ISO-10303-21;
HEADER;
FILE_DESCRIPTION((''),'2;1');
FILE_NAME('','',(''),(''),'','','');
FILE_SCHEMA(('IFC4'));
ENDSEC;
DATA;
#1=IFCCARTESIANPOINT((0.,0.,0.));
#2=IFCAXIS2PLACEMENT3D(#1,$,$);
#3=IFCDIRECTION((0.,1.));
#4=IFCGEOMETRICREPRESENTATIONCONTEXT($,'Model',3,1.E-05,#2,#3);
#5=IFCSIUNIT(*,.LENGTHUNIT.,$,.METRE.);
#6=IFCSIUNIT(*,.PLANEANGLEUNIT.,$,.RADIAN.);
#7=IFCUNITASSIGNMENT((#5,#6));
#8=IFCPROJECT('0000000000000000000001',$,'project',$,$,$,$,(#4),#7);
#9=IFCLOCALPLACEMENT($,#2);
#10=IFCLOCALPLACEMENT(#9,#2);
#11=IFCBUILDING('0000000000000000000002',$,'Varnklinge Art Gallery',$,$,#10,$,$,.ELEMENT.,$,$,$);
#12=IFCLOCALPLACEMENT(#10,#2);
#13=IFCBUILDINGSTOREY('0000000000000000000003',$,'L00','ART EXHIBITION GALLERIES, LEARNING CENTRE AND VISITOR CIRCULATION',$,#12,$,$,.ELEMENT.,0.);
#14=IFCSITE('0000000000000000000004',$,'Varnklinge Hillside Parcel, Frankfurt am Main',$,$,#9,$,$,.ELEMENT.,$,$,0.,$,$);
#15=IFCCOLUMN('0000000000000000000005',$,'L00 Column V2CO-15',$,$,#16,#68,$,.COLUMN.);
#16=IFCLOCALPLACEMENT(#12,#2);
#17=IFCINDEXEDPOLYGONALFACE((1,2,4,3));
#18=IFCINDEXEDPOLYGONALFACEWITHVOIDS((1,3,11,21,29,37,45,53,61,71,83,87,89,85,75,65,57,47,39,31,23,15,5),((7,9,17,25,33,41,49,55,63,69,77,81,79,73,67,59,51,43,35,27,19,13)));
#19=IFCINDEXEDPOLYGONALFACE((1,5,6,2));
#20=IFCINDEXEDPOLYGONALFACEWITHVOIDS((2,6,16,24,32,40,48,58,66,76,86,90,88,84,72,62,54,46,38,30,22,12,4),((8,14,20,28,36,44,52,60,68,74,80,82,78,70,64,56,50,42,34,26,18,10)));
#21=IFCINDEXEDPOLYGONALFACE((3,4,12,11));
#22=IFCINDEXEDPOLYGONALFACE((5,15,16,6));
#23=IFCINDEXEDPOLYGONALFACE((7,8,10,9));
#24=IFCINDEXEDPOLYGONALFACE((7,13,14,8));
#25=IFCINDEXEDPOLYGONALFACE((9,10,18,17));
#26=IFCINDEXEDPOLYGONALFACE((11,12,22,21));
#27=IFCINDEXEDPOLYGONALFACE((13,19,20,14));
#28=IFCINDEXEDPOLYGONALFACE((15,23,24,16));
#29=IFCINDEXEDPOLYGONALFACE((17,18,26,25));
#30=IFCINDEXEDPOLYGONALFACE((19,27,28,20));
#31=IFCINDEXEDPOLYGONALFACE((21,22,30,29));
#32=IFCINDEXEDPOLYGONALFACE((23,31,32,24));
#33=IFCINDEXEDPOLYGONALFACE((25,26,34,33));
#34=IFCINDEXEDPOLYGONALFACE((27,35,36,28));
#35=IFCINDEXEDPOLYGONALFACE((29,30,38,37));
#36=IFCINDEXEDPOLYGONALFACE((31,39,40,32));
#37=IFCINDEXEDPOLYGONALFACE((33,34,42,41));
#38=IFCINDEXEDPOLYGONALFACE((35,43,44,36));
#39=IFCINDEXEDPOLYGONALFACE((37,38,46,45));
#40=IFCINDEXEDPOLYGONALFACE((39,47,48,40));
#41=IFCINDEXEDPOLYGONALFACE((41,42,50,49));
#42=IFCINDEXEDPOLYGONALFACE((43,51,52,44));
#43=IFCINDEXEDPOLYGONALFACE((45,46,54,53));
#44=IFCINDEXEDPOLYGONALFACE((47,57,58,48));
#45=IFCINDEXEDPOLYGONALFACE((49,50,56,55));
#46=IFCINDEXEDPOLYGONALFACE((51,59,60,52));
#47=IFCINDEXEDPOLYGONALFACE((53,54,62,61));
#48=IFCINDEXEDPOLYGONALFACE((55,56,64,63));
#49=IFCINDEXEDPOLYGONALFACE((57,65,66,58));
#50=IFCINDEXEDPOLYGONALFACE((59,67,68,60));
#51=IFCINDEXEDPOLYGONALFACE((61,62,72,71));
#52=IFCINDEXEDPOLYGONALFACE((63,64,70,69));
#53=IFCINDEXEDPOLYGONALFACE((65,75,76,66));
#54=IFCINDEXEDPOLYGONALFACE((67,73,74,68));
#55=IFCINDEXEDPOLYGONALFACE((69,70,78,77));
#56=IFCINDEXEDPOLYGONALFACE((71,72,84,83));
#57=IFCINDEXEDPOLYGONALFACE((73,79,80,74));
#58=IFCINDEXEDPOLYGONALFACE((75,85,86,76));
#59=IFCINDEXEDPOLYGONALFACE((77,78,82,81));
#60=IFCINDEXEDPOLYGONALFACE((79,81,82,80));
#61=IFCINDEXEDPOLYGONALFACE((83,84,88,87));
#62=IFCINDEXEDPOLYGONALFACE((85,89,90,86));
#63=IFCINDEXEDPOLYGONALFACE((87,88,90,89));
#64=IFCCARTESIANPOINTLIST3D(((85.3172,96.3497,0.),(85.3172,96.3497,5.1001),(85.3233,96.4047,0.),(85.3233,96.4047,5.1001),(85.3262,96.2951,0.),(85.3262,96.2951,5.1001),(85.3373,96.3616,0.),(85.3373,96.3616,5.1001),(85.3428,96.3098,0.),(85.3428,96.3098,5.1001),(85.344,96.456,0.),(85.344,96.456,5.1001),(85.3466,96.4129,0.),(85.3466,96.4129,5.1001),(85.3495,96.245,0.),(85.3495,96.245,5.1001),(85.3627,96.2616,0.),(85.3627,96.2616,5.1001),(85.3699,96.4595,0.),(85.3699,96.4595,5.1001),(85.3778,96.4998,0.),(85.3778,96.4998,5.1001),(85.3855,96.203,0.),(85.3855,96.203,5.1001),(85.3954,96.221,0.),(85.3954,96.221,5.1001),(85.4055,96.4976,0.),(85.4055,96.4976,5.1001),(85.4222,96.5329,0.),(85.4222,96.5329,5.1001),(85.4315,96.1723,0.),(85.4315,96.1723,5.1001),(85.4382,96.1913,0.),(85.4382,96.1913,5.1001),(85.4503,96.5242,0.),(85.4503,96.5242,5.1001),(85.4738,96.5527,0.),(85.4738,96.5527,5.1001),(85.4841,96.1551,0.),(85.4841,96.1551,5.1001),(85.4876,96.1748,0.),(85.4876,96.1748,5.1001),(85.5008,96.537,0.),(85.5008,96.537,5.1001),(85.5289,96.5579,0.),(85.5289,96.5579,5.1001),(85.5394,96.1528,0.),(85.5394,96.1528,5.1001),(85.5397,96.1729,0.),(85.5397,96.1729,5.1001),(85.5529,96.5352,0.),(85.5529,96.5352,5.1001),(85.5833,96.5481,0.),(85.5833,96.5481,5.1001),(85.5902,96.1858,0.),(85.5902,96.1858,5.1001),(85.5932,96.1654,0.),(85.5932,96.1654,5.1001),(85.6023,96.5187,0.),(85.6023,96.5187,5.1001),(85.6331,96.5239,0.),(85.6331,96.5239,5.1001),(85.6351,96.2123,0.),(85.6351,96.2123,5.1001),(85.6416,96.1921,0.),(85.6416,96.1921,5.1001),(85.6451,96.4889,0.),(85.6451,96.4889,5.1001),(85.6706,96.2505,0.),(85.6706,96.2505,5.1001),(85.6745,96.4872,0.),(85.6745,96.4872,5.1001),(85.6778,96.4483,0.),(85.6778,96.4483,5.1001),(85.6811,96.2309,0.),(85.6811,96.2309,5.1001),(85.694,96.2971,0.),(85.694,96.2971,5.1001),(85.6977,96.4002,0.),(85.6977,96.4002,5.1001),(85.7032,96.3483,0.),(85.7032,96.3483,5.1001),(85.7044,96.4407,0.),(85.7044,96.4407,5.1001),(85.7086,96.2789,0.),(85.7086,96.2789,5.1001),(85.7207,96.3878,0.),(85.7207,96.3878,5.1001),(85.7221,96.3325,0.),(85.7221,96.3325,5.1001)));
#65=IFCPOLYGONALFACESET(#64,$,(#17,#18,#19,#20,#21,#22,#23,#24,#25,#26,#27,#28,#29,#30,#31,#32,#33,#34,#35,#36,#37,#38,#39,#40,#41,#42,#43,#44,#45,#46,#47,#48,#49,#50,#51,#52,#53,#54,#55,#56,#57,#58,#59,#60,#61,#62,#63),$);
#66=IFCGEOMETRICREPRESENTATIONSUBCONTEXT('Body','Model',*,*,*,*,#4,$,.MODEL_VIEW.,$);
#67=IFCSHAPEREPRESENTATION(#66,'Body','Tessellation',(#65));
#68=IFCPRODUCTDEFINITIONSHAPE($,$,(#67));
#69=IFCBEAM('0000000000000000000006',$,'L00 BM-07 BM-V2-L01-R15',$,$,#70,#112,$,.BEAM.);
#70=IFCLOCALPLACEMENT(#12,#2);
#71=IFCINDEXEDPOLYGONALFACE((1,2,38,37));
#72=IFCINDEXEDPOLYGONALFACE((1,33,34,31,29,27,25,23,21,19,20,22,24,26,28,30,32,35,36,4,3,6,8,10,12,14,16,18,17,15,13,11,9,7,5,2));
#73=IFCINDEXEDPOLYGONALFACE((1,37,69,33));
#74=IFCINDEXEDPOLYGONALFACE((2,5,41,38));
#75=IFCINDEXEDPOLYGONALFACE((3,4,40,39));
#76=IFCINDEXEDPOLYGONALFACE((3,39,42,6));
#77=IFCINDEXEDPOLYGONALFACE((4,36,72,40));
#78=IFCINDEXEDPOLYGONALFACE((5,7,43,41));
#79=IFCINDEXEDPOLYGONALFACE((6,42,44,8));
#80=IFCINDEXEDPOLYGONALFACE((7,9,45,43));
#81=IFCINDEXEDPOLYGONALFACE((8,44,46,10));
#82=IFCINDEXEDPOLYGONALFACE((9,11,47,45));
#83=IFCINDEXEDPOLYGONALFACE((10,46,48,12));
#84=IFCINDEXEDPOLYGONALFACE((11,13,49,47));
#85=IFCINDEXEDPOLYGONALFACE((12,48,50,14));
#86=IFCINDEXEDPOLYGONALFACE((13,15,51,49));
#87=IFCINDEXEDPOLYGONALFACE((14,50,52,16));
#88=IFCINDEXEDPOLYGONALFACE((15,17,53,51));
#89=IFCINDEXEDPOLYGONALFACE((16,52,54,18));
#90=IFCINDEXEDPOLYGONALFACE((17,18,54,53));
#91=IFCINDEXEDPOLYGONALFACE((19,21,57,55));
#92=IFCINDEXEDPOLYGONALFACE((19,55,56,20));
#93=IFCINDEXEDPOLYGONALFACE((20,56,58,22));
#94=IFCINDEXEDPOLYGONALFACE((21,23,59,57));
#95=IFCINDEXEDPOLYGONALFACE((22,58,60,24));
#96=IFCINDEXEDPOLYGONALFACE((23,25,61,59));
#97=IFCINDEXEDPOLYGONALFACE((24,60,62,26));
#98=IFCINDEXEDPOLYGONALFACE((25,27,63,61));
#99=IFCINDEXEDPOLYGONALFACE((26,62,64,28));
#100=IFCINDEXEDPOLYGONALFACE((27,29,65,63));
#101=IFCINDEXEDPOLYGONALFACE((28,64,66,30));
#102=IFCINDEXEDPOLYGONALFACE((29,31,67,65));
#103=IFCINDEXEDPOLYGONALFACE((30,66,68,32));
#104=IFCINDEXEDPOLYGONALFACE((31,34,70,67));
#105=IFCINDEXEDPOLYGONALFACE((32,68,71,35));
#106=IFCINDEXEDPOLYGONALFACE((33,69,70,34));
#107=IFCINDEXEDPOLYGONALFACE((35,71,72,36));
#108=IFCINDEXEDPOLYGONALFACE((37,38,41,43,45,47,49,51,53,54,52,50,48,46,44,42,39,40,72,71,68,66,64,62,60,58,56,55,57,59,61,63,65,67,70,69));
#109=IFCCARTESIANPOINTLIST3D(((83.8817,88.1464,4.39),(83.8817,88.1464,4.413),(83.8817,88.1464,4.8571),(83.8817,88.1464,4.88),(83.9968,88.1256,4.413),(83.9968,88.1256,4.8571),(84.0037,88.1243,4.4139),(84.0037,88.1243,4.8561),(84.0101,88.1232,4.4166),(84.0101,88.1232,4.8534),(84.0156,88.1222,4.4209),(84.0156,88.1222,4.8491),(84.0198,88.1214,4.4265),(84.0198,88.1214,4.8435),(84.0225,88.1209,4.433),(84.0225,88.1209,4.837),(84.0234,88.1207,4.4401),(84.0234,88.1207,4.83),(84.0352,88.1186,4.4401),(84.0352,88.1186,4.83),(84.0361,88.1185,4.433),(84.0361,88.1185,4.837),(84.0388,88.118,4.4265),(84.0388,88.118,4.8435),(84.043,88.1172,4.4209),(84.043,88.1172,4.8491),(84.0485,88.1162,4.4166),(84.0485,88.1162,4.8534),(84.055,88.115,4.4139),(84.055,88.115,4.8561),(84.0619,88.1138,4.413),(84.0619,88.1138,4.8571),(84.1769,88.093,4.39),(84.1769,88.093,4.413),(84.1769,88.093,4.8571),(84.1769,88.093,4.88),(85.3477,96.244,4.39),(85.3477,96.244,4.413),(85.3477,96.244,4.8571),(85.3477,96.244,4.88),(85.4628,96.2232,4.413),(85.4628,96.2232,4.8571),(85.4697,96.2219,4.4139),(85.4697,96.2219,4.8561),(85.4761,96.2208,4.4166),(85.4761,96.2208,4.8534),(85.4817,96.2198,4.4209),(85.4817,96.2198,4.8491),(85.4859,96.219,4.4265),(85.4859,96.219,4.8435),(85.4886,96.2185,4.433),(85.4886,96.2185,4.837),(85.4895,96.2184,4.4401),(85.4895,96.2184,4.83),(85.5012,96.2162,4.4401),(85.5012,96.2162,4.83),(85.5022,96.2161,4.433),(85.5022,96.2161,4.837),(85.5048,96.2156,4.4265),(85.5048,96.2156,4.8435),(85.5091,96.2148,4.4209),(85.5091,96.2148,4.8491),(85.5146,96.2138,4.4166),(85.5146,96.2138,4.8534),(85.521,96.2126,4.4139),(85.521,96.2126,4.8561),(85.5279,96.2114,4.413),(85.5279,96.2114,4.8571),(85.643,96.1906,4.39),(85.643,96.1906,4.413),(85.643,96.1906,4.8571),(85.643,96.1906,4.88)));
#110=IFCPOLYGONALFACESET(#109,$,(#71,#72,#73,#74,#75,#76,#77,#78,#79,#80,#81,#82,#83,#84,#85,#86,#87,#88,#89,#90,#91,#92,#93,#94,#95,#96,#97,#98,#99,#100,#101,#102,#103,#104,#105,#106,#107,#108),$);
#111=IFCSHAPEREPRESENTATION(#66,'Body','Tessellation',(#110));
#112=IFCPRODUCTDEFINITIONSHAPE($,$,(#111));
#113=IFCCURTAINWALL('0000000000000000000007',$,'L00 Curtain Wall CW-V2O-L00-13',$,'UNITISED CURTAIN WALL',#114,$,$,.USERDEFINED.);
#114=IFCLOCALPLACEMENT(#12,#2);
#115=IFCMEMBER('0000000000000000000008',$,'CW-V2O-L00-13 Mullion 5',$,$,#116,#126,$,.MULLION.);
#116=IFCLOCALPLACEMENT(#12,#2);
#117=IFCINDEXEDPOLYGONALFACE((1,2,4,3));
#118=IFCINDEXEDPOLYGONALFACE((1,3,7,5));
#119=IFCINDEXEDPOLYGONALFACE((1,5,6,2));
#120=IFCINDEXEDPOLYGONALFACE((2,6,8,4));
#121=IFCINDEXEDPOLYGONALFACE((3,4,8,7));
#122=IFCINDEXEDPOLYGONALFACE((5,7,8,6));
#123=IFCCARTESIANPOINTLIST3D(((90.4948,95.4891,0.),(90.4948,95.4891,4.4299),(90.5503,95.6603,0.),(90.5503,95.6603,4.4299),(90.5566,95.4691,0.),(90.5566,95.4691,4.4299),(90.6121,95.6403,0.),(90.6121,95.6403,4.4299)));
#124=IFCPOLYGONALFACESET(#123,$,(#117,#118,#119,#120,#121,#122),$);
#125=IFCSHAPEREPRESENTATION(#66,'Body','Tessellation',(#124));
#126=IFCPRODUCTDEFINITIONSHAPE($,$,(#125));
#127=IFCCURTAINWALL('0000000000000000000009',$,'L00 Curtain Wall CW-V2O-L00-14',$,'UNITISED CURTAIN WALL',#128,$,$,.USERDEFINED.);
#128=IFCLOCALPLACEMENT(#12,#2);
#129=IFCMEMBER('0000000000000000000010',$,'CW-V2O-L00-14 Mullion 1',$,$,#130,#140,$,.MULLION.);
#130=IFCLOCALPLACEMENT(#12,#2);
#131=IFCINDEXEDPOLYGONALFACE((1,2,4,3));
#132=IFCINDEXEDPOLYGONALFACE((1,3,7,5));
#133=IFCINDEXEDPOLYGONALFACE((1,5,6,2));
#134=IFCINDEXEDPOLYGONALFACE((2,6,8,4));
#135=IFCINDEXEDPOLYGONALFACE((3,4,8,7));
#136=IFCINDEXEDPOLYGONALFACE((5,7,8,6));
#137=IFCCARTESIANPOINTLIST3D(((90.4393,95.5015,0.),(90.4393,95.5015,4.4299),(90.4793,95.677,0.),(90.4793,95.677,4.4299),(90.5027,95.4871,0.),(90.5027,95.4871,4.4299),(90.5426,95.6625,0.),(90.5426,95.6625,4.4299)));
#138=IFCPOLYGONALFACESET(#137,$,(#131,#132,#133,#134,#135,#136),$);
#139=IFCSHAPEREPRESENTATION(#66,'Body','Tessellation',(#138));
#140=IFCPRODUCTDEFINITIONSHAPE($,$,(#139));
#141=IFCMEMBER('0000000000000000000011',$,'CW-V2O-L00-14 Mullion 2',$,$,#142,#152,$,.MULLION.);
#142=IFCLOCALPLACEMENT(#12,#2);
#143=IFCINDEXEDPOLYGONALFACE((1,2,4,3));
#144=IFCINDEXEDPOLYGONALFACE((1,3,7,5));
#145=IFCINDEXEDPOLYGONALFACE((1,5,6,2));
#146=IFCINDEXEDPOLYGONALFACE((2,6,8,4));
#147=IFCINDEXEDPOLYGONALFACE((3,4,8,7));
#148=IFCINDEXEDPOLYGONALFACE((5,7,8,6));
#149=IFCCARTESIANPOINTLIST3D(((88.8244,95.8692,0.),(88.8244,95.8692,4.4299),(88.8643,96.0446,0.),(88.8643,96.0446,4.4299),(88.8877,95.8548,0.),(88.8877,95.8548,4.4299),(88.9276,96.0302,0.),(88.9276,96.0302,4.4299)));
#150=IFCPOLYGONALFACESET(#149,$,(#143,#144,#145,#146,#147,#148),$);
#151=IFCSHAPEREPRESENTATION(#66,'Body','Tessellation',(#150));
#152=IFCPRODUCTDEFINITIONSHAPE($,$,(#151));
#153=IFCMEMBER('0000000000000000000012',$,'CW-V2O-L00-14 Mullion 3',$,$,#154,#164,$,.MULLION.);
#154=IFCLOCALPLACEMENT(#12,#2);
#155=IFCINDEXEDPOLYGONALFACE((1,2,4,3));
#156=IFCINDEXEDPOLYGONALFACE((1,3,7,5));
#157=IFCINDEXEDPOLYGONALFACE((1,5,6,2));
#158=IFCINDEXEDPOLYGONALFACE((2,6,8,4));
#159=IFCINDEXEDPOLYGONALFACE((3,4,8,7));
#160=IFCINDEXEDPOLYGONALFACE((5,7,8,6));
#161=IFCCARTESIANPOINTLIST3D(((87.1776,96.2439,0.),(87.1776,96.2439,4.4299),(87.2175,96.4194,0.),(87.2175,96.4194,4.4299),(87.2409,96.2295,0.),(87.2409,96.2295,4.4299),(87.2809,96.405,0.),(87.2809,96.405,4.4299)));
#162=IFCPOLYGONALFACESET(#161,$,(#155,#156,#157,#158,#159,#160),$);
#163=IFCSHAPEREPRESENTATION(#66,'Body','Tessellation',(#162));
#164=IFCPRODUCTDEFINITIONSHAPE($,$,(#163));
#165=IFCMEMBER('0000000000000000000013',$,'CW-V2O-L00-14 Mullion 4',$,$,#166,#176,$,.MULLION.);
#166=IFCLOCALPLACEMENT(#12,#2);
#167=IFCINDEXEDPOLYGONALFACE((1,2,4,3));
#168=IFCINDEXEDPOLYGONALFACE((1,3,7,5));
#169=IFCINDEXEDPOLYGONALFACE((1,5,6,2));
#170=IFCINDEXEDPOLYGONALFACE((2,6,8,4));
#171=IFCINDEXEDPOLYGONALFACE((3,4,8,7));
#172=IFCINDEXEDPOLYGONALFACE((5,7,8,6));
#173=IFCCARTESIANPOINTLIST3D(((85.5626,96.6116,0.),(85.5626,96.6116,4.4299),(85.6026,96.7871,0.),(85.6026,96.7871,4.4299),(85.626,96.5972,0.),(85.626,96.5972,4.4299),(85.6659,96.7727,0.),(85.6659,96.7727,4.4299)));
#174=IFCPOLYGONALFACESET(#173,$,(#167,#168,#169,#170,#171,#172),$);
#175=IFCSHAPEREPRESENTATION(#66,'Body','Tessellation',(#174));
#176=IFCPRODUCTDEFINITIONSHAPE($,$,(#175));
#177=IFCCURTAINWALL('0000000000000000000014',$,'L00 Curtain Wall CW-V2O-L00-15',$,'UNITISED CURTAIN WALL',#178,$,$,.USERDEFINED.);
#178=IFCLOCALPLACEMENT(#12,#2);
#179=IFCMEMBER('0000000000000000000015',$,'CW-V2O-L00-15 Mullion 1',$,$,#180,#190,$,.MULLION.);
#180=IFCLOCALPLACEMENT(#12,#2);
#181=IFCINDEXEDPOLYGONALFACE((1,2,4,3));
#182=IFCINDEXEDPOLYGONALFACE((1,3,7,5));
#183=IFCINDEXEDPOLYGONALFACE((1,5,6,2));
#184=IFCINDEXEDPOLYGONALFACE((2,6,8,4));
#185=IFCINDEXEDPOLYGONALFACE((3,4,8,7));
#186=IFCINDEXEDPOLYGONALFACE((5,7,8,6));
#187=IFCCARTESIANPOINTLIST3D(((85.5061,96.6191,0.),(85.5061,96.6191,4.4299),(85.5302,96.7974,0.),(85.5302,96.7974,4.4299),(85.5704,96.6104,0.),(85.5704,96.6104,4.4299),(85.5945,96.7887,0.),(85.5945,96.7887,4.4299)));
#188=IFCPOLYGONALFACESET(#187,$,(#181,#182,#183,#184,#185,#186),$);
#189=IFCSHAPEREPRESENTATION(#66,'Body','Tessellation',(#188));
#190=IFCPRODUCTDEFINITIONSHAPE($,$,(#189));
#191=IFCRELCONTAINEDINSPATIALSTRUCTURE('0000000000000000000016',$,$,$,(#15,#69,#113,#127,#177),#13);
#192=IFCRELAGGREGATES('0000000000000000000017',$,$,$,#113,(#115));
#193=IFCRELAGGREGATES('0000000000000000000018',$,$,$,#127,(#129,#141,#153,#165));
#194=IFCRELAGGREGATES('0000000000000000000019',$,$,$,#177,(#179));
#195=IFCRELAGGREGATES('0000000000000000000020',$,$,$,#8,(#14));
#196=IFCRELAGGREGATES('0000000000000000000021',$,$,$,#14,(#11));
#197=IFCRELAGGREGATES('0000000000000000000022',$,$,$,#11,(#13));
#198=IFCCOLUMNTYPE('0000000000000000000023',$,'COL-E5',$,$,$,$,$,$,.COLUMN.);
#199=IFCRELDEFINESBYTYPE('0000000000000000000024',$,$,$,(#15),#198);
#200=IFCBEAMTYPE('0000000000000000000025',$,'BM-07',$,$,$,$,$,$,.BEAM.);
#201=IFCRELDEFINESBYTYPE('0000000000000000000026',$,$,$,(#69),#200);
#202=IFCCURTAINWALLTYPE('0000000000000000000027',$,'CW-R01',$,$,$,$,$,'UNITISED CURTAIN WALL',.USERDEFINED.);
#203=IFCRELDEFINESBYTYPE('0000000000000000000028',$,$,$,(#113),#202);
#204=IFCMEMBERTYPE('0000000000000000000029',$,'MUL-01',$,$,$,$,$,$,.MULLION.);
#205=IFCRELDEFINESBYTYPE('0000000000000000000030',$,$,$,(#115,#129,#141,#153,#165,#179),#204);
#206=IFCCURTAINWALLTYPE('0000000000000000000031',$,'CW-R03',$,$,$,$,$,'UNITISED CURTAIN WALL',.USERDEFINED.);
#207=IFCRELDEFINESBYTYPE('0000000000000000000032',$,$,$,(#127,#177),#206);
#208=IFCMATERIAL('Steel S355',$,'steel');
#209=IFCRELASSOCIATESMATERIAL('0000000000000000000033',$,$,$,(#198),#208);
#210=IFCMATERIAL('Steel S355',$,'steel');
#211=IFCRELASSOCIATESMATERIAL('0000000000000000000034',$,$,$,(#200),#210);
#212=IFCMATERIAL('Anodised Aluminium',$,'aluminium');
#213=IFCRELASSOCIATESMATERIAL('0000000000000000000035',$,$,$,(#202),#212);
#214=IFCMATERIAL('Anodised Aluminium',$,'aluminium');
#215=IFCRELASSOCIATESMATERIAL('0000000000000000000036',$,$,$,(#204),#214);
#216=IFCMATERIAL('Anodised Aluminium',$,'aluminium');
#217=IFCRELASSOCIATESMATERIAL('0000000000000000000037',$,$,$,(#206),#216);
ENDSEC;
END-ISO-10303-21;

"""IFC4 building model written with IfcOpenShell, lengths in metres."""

from ifc_helpers import new_model, si_unit, direction, frame, origin, origin_2d, place, context, subcontext, project, spatial, rectangle, hollow_circle, i_section, extrude, material, material_profile, profile_set, type_object, element, aggregate, save


model = new_model("IFC4")

# Units and contexts
model_context = context("Model", 3, precision=1e-05, world=origin(), true_north=direction((0.0, 1.0)))
body_context = subcontext(model_context, "Body", "Model", "MODEL_VIEW")
ifc_project = project(units=[si_unit("LENGTHUNIT", "METRE"), si_unit("PLANEANGLEUNIT", "RADIAN")], contexts=[model_context])

# Site, building, storey
site_placement = place(None, origin())
site = spatial("IfcSite", under=ifc_project, at=site_placement, Name="Varnklinge Hillside Parcel, Frankfurt am Main", CompositionType="ELEMENT", RefElevation=0.0)
building_placement = place(site_placement, origin())
building = spatial("IfcBuilding", under=site, at=building_placement, Name="Varnklinge Art Gallery", CompositionType="ELEMENT")
storey_placement = place(building_placement, origin())
storey = spatial("IfcBuildingStorey", under=building, at=storey_placement, Name="L00", Description="ART EXHIBITION GALLERIES, LEARNING CENTRE AND VISITOR CIRCULATION", CompositionType="ELEMENT", Elevation=0.0)

# Column
ifc_material_1 = material(Name="Steel S355", Category="steel")
ifc_material_profile_1 = material_profile(ifc_material_1, hollow_circle(Radius=0.2031, WallThickness=0.02, at=origin_2d()), Name="CHS 406.4x20")
ifc_profile_set_1 = profile_set([ifc_material_profile_1], Name="Steel S355")
column_type = type_object("IfcColumnType", Name="COL-E5", PredefinedType="COLUMN", material=ifc_profile_set_1)
column_placement = place(storey_placement, frame((85.5203, 96.355, 0.0), z_axis=(0.0, 0.0, 1.0), x_axis=(-0.178115, -0.98401, 0.0)))
element("IfcColumn", 1, at=column_placement, inside=storey, type_object=column_type, Name="L00 Column V2CO-15", PredefinedType="COLUMN", context=body_context, shape_type="SweptSolid", body=[
    extrude(hollow_circle(Radius=0.2031, WallThickness=0.02, at=origin_2d()), origin(), (0.0, 0.0, 1.0), 5.1001),
])

# Beam
ifc_material_2 = material(Name="Steel S355", Category="steel")
ifc_material_profile_2 = material_profile(ifc_material_2, i_section(OverallWidth=0.3, OverallDepth=0.49, WebThickness=0.012, FlangeThickness=0.0229, FilletRadius=0.0271, at=origin_2d()), Name="HEA 500")
ifc_profile_set_2 = profile_set([ifc_material_profile_2], Name="Steel S355")
beam_type_1 = type_object("IfcBeamType", Name="BM-07", PredefinedType="BEAM", material=ifc_profile_set_2)
beam_1_placement = place(storey_placement, frame((85.4954, 96.2173, 4.635), z_axis=(-0.178152, -0.984003, 0.0), x_axis=(0.984003, -0.178152, 0.0)))
element("IfcBeam", 2, at=beam_1_placement, inside=storey, type_object=beam_type_1, Name="L00 BM-07 BM-V2-L01-R15", PredefinedType="BEAM", context=body_context, shape_type="SweptSolid", body=[
    extrude(i_section(OverallWidth=0.3, OverallDepth=0.49, WebThickness=0.012, FlangeThickness=0.0229, FilletRadius=0.0271, at=origin_2d()), origin(), (0.0, 0.0, 1.0), 8.2292),
])

# Curtain wall, member
ifc_material_3 = material(Name="Anodised Aluminium", Category="aluminium")
curtain_wall_type_1 = type_object("IfcCurtainWallType", Name="CW-R01", ElementType="UNITISED CURTAIN WALL", PredefinedType="USERDEFINED", material=ifc_material_3)
curtain_wall_1_placement = place(storey_placement, origin())
curtain_wall_1 = element("IfcCurtainWall", 3, at=curtain_wall_1_placement, inside=storey, type_object=curtain_wall_type_1, Name="L00 Curtain Wall CW-V2O-L00-13", ObjectType="UNITISED CURTAIN WALL", PredefinedType="USERDEFINED")
ifc_material_4 = material(Name="Anodised Aluminium", Category="aluminium")
ifc_material_profile_3 = material_profile(ifc_material_4, rectangle(XDim=0.0649, YDim=0.1799, at=origin_2d()), Name="ALU 65x180")
ifc_profile_set_3 = profile_set([ifc_material_profile_3], Name="Anodised Aluminium")
member_type_1 = type_object("IfcMemberType", Name="MUL-01", PredefinedType="MULLION", material=ifc_profile_set_3)
member_1_placement = place(storey_placement, frame((90.5535, 95.5647, 0.0), z_axis=(0.0, 0.0, 1.0), x_axis=(-0.951272, 0.308353, 0.0)))
member_1 = element("IfcMember", 4, at=member_1_placement, type_object=member_type_1, Name="CW-V2O-L00-13 Mullion 5", PredefinedType="MULLION", context=body_context, shape_type="SweptSolid", body=[
    extrude(rectangle(XDim=0.0649, YDim=0.1799, at=origin_2d()), origin(), (0.0, 0.0, 1.0), 4.4299),
])
aggregate(curtain_wall_1, [member_1])

# Curtain wall, members
ifc_material_5 = material(Name="Anodised Aluminium", Category="aluminium")
curtain_wall_type_2 = type_object("IfcCurtainWallType", Name="CW-R03", ElementType="UNITISED CURTAIN WALL", PredefinedType="USERDEFINED", material=ifc_material_5)
curtain_wall_2_placement = place(storey_placement, origin())
curtain_wall_2 = element("IfcCurtainWall", 5, at=curtain_wall_2_placement, inside=storey, type_object=curtain_wall_type_2, Name="L00 Curtain Wall CW-V2O-L00-14", ObjectType="UNITISED CURTAIN WALL", PredefinedType="USERDEFINED")
member_2_placement = place(storey_placement, frame((90.491, 95.582, 0.0), z_axis=(0.0, 0.0, 1.0), x_axis=(-0.975072, 0.221889, 0.0)))
member_2 = element("IfcMember", 6, at=member_2_placement, type_object=member_type_1, Name="CW-V2O-L00-14 Mullion 1", PredefinedType="MULLION", context=body_context, shape_type="SweptSolid", body=[
    extrude(rectangle(XDim=0.0649, YDim=0.1799, at=origin_2d()), origin(), (0.0, 0.0, 1.0), 4.4299),
])
member_3_placement = place(storey_placement, frame((88.876, 95.9497, 0.0), z_axis=(0.0, 0.0, 1.0), x_axis=(-0.975072, 0.221889, 0.0)))
member_3 = element("IfcMember", 7, at=member_3_placement, type_object=member_type_1, Name="CW-V2O-L00-14 Mullion 2", PredefinedType="MULLION", context=body_context, shape_type="SweptSolid", body=[
    extrude(rectangle(XDim=0.0649, YDim=0.1799, at=origin_2d()), origin(), (0.0, 0.0, 1.0), 4.4299),
])
member_4_placement = place(storey_placement, frame((87.2292, 96.3245, 0.0), z_axis=(0.0, 0.0, 1.0), x_axis=(-0.975072, 0.221889, 0.0)))
member_4 = element("IfcMember", 8, at=member_4_placement, type_object=member_type_1, Name="CW-V2O-L00-14 Mullion 3", PredefinedType="MULLION", context=body_context, shape_type="SweptSolid", body=[
    extrude(rectangle(XDim=0.0649, YDim=0.1799, at=origin_2d()), origin(), (0.0, 0.0, 1.0), 4.4299),
])
member_5_placement = place(storey_placement, frame((85.6143, 96.6921, 0.0), z_axis=(0.0, 0.0, 1.0), x_axis=(-0.975072, 0.221889, 0.0)))
member_5 = element("IfcMember", 9, at=member_5_placement, type_object=member_type_1, Name="CW-V2O-L00-14 Mullion 4", PredefinedType="MULLION", context=body_context, shape_type="SweptSolid", body=[
    extrude(rectangle(XDim=0.0649, YDim=0.1799, at=origin_2d()), origin(), (0.0, 0.0, 1.0), 4.4299),
])

# Curtain wall, member
curtain_wall_3_placement = place(storey_placement, origin())
curtain_wall_3 = element("IfcCurtainWall", 10, at=curtain_wall_3_placement, inside=storey, type_object=curtain_wall_type_2, Name="L00 Curtain Wall CW-V2O-L00-15", ObjectType="UNITISED CURTAIN WALL", PredefinedType="USERDEFINED")
member_6_placement = place(storey_placement, frame((85.5503, 96.7039, 0.0), z_axis=(0.0, 0.0, 1.0), x_axis=(-0.990983, 0.133986, 0.0)))
member_6 = element("IfcMember", 11, at=member_6_placement, type_object=member_type_1, Name="CW-V2O-L00-15 Mullion 1", PredefinedType="MULLION", context=body_context, shape_type="SweptSolid", body=[
    extrude(rectangle(XDim=0.0649, YDim=0.1799, at=origin_2d()), origin(), (0.0, 0.0, 1.0), 4.4299),
])

aggregate(curtain_wall_2, [member_2, member_3, member_4, member_5])
aggregate(curtain_wall_3, [member_6])

save(model, "model.ifc")
